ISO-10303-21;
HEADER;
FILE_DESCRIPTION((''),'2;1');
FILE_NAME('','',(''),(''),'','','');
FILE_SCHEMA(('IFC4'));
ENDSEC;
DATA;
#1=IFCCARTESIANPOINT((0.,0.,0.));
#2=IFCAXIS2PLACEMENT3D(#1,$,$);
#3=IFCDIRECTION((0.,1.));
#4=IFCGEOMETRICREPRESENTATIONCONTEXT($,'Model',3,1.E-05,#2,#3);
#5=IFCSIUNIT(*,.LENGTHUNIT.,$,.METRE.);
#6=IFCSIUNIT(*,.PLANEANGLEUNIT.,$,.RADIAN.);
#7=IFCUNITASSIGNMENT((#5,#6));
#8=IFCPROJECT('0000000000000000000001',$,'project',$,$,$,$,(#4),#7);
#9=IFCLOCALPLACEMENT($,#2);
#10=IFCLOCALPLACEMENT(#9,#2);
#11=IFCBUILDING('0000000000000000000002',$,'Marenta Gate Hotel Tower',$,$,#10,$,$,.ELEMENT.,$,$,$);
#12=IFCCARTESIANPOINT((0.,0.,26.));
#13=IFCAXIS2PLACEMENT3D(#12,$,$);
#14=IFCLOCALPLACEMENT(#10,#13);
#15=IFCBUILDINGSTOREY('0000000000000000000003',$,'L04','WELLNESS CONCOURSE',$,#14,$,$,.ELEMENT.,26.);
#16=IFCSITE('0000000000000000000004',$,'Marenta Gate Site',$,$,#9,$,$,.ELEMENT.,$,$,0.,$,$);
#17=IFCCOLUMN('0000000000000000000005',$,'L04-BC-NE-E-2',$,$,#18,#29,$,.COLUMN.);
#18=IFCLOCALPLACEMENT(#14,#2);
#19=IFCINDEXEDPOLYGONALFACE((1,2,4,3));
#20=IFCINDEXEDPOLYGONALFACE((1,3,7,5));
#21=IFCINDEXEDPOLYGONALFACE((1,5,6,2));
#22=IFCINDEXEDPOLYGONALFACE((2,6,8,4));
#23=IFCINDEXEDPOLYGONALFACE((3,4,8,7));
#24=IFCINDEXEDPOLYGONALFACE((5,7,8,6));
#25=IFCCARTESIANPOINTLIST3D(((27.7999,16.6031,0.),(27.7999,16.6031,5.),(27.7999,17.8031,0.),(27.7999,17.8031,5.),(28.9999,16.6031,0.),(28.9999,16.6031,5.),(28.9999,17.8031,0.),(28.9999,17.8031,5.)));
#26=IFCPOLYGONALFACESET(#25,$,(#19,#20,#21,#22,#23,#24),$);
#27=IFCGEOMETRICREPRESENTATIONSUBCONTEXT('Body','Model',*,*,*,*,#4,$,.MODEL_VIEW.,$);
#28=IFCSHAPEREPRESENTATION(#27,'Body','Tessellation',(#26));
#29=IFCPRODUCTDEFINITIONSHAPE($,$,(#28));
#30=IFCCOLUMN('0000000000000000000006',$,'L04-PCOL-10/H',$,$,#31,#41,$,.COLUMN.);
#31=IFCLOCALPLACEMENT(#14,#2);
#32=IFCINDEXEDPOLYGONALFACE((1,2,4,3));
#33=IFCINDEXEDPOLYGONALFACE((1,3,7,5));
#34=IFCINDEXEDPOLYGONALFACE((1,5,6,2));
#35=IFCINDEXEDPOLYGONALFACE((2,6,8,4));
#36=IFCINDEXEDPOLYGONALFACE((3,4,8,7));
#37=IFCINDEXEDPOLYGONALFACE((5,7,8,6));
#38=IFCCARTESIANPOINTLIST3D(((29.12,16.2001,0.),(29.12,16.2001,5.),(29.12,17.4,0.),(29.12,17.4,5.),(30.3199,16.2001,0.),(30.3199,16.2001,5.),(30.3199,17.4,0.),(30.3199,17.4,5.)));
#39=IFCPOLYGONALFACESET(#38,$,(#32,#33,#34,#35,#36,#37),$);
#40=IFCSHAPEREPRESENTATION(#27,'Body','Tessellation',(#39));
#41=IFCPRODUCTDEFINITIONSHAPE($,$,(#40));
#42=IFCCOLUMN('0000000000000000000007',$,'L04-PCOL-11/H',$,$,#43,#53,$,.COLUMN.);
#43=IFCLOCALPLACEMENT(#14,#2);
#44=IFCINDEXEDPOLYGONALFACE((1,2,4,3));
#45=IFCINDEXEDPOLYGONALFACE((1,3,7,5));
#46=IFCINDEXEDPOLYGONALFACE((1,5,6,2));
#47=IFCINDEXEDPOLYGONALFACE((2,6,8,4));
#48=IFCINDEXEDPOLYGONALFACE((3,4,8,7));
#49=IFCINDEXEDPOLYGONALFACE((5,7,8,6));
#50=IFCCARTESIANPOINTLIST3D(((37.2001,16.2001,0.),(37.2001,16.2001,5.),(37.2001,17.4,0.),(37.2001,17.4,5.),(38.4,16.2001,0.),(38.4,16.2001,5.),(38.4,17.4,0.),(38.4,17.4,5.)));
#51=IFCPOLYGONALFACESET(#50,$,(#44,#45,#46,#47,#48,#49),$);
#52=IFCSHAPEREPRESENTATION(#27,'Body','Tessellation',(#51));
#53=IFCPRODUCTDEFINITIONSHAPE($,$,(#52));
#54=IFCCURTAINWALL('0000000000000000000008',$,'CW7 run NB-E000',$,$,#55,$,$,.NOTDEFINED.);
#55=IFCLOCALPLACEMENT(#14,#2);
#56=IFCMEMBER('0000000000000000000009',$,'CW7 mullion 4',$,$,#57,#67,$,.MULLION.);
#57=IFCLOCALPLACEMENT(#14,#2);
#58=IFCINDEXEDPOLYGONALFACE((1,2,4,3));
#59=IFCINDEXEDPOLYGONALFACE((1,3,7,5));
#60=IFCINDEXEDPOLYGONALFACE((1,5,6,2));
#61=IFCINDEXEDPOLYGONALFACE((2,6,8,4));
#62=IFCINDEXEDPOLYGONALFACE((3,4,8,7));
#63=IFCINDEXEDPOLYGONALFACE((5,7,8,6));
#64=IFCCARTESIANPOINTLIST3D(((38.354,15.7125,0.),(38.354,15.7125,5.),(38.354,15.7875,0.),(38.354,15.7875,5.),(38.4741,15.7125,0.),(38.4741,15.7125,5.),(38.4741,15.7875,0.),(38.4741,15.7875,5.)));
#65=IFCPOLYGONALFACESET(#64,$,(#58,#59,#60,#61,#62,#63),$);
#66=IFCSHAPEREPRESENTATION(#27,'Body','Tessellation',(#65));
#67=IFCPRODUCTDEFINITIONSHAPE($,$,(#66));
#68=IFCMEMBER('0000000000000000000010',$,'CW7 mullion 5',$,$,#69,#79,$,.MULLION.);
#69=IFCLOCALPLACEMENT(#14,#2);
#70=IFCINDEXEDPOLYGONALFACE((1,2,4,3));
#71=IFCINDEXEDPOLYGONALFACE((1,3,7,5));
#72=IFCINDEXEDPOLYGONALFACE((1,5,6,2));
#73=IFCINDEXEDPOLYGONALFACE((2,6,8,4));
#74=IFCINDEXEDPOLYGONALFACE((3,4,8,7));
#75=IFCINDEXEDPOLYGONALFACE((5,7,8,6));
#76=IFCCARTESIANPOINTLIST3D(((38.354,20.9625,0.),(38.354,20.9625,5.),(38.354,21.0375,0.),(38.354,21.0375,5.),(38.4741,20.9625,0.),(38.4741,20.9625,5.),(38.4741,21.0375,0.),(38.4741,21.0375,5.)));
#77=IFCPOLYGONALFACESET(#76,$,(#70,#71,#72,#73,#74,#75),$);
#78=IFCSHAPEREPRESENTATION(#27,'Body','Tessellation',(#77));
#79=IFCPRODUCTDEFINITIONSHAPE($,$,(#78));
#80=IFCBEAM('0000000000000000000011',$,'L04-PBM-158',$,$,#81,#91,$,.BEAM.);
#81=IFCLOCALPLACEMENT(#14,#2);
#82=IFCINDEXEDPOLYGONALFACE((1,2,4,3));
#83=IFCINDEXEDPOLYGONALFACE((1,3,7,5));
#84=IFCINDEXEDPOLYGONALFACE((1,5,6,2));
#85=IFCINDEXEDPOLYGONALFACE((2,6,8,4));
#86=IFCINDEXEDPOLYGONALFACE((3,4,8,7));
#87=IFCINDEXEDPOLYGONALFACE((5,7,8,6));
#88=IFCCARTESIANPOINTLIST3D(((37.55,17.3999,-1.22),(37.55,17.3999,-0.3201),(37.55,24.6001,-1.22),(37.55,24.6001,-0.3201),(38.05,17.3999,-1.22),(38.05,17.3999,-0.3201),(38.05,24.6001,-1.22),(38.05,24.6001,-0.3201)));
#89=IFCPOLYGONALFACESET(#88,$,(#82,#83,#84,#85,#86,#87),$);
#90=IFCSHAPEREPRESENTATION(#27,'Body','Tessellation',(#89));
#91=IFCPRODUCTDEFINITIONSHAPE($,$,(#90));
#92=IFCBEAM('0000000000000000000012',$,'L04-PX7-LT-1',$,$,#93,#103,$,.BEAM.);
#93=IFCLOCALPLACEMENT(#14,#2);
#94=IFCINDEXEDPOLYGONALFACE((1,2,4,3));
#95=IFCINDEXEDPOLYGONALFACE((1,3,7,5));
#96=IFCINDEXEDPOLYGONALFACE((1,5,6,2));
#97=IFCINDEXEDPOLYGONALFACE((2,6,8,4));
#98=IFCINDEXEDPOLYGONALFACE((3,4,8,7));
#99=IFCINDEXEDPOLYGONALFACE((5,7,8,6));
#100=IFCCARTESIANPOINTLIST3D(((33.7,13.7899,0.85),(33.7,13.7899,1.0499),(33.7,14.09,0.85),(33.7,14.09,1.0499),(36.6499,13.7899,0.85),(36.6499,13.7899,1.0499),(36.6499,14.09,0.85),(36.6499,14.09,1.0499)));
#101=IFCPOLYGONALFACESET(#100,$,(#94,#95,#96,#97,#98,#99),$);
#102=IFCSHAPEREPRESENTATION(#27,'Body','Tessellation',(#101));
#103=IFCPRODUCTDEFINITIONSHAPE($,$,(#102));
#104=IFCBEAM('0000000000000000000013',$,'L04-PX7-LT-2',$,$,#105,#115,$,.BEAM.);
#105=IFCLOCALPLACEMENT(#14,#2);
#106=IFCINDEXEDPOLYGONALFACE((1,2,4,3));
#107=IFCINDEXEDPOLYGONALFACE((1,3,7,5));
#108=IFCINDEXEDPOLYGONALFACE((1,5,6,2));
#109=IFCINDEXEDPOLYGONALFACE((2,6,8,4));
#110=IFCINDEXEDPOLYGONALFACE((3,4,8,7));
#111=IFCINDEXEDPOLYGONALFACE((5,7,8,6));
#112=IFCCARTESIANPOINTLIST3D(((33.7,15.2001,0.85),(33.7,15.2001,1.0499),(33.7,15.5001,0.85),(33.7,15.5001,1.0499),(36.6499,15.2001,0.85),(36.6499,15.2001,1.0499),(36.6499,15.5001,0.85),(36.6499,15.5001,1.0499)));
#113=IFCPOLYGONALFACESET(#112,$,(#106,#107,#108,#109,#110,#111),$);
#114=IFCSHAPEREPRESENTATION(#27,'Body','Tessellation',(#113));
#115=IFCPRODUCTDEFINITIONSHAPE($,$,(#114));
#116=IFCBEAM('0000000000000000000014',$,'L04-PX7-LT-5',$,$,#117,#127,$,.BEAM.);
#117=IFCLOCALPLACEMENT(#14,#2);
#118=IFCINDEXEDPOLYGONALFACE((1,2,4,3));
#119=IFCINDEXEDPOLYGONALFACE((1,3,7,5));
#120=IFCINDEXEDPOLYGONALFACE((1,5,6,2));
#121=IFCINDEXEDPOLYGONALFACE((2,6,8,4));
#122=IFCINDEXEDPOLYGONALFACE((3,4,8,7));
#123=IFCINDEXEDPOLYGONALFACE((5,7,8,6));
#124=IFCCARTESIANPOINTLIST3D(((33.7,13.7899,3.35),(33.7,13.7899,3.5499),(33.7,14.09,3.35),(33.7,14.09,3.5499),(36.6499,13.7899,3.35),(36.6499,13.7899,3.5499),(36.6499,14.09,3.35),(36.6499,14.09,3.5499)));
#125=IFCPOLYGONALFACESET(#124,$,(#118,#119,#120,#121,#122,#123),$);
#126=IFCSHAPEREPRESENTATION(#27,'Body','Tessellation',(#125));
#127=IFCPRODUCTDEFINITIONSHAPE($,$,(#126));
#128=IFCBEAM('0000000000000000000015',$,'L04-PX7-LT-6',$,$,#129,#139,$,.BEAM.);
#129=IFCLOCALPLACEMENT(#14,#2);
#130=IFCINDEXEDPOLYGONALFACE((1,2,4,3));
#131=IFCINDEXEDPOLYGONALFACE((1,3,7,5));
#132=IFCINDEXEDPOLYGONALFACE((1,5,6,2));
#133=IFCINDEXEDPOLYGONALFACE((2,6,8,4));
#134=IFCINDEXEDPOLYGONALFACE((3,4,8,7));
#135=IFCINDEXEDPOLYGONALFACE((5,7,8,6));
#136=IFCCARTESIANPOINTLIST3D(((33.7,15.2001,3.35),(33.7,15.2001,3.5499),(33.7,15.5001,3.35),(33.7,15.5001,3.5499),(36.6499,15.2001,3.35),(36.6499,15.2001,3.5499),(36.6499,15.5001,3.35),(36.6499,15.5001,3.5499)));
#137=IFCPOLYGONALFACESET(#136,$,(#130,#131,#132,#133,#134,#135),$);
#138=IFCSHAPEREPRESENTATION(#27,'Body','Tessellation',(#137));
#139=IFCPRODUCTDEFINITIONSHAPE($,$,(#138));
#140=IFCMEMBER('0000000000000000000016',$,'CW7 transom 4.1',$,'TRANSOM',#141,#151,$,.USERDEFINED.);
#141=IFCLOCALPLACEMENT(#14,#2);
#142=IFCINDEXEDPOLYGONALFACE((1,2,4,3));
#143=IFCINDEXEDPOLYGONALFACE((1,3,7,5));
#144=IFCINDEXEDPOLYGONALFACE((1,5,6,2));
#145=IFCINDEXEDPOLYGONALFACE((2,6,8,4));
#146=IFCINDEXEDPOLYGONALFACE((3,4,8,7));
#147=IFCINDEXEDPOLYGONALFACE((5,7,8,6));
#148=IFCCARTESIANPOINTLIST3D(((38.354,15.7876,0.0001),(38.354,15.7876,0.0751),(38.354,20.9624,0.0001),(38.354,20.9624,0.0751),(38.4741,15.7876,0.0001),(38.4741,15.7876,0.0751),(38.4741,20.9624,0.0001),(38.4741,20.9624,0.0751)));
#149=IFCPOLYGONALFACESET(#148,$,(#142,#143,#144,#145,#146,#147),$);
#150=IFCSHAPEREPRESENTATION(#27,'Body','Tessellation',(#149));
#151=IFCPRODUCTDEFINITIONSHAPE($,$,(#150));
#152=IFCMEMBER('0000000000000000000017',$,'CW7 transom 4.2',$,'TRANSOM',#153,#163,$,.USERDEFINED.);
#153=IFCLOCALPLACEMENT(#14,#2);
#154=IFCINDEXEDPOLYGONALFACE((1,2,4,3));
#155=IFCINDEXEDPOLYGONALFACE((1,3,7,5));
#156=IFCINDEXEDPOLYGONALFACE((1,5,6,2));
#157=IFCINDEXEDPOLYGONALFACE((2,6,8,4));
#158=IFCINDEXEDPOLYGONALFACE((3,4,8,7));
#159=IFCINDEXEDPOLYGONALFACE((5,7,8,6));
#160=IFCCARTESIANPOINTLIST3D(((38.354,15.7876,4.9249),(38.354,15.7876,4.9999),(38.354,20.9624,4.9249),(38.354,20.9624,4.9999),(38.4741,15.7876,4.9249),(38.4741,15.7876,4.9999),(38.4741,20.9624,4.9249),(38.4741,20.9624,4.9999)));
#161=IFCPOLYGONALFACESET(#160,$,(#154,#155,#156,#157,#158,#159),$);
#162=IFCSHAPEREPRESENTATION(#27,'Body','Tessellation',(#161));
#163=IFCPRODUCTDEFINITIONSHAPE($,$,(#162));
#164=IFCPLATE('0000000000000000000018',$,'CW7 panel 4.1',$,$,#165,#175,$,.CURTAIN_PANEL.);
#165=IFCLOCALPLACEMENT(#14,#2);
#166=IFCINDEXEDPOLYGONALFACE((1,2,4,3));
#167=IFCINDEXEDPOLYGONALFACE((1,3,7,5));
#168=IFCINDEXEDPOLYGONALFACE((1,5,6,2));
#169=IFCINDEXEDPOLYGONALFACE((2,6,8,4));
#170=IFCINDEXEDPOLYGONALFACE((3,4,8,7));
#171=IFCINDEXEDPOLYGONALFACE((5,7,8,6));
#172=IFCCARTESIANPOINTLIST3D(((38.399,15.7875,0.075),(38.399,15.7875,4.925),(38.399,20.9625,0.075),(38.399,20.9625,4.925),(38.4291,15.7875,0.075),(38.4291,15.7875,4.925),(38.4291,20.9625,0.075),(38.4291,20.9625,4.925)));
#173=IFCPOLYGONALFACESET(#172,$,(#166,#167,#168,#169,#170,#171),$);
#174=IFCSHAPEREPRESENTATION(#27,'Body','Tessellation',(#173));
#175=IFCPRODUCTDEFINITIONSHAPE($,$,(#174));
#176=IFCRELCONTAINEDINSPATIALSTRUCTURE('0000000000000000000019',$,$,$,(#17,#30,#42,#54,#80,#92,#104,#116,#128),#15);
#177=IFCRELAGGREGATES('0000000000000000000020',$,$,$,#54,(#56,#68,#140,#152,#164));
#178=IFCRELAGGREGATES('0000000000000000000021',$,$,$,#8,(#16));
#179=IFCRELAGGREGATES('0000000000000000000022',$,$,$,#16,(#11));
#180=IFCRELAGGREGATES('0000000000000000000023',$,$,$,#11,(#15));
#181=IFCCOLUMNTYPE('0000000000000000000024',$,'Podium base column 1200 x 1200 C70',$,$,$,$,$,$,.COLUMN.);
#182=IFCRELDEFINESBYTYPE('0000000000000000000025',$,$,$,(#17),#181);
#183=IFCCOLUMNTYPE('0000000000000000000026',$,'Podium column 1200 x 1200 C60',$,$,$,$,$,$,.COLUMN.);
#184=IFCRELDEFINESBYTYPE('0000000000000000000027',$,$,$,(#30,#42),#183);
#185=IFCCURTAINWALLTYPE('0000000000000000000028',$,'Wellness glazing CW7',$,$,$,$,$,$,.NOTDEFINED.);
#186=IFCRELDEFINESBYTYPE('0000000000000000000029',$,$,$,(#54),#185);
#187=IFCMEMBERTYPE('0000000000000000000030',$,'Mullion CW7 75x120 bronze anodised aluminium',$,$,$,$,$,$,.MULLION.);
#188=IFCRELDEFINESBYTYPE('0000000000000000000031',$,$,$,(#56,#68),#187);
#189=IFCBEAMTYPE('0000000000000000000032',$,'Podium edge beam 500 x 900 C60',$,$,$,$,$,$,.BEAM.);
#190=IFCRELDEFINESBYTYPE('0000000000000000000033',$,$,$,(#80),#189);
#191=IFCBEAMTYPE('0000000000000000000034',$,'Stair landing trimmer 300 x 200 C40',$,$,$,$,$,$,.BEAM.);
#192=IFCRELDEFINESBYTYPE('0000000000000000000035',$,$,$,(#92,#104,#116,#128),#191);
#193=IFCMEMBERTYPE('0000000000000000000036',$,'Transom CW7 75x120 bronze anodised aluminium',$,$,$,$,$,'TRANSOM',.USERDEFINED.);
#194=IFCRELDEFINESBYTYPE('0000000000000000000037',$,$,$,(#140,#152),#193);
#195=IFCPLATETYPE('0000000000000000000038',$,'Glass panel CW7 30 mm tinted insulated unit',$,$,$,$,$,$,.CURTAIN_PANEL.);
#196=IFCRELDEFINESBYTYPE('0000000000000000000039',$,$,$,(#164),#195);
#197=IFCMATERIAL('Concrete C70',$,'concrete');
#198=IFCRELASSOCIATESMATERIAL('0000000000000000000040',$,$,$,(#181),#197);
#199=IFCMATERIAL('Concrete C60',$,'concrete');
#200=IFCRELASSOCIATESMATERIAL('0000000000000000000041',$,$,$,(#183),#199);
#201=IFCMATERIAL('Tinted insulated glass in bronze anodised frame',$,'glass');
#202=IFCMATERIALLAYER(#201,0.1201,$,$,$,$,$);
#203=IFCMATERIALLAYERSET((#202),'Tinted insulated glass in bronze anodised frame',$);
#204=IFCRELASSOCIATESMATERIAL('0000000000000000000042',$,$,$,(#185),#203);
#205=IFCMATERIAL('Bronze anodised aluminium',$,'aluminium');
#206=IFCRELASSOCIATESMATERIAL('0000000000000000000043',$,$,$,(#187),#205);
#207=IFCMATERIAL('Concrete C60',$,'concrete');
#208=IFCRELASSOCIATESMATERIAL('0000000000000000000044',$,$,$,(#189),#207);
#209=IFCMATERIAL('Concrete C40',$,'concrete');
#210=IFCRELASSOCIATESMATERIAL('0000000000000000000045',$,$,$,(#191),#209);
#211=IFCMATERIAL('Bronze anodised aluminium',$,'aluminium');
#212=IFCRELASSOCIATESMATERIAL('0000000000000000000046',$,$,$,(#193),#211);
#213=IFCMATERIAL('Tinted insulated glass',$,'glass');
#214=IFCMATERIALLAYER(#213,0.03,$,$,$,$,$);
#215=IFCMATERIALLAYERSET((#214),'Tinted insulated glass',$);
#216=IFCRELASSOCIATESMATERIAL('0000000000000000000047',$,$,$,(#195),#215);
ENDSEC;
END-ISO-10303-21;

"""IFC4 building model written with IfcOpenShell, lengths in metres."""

from ifc_helpers import new_model, si_unit, direction, frame, origin, origin_2d, place, context, subcontext, project, spatial, rectangle, extrude, material, layer, layer_set, material_profile, profile_set, type_object, element, aggregate, save


model = new_model("IFC4")

# Units and contexts
model_context = context("Model", 3, precision=1e-05, world=origin(), true_north=direction((0.0, 1.0)))
body_context = subcontext(model_context, "Body", "Model", "MODEL_VIEW")
ifc_project = project(units=[si_unit("LENGTHUNIT", "METRE"), si_unit("PLANEANGLEUNIT", "RADIAN")], contexts=[model_context])

# Site, building, storey
site_placement = place(None, origin())
site = spatial("IfcSite", under=ifc_project, at=site_placement, Name="Marenta Gate Site", CompositionType="ELEMENT", RefElevation=0.0)
building_placement = place(site_placement, origin())
building = spatial("IfcBuilding", under=site, at=building_placement, Name="Marenta Gate Hotel Tower", CompositionType="ELEMENT")
storey_placement = place(building_placement, frame((0.0, 0.0, 26.0)))
storey = spatial("IfcBuildingStorey", under=building, at=storey_placement, Name="L04", Description="WELLNESS CONCOURSE", CompositionType="ELEMENT", Elevation=26.0)

# Columns
ifc_material_1 = material(Name="Concrete C70", Category="concrete")
ifc_material_profile_1 = material_profile(ifc_material_1, rectangle(XDim=1.2, YDim=1.2, at=origin_2d()), Name="1200 x 1200")
ifc_profile_set_1 = profile_set([ifc_material_profile_1], Name="Concrete C70")
column_type_1 = type_object("IfcColumnType", Name="Podium base column 1200 x 1200 C70", PredefinedType="COLUMN", material=ifc_profile_set_1)
column_placement = place(storey_placement, frame((28.3999, 17.2031, 0.0), z_axis=(0.0, 0.0, 1.0), x_axis=(1.0, 0.0, 0.0)))
element("IfcColumn", 1, at=column_placement, inside=storey, type_object=column_type_1, Name="L04-BC-NE-E-2", PredefinedType="COLUMN", context=body_context, shape_type="SweptSolid", body=[
    extrude(rectangle(XDim=1.2, YDim=1.2, at=origin_2d()), origin(), (0.0, 0.0, 1.0), 5.0),
])
ifc_material_2 = material(Name="Concrete C60", Category="concrete")
ifc_material_profile_2 = material_profile(ifc_material_2, rectangle(XDim=1.2, YDim=1.2, at=origin_2d()), Name="1200 x 1200")
ifc_profile_set_2 = profile_set([ifc_material_profile_2], Name="Concrete C60")
column_type_2 = type_object("IfcColumnType", Name="Podium column 1200 x 1200 C60", PredefinedType="COLUMN", material=ifc_profile_set_2)
for number, where, z_axis, x_axis, name in (
    (2, (29.72, 16.8, 0.0), (0.0, 0.0, 1.0), (1.0, 0.0, 0.0), "L04-PCOL-10/H"),
    (3, (37.8, 16.8, 0.0), (0.0, 0.0, 1.0), (1.0, 0.0, 0.0), "L04-PCOL-11/H"),
):
    element("IfcColumn", number, at=place(storey_placement, frame(where, z_axis=z_axis, x_axis=x_axis)), inside=storey, type_object=column_type_2, Name=name, PredefinedType="COLUMN", context=body_context, shape_type="SweptSolid", body=[
        extrude(rectangle(XDim=1.2, YDim=1.2, at=origin_2d()), origin(), (0.0, 0.0, 1.0), 5.0),
    ])

# Curtain wall, members
ifc_material_3 = material(Name="Tinted insulated glass in bronze anodised frame", Category="glass")
ifc_layer_1 = layer(ifc_material_3, 0.1201)
ifc_layer_set_1 = layer_set([ifc_layer_1], Name="Tinted insulated glass in bronze anodised frame")
curtain_wall_type = type_object("IfcCurtainWallType", Name="Wellness glazing CW7", PredefinedType="NOTDEFINED", material=ifc_layer_set_1)
curtain_wall_placement = place(storey_placement, origin())
curtain_wall = element("IfcCurtainWall", 4, at=curtain_wall_placement, inside=storey, type_object=curtain_wall_type, Name="CW7 run NB-E000", PredefinedType="NOTDEFINED")
ifc_material_4 = material(Name="Bronze anodised aluminium", Category="aluminium")
ifc_material_profile_3 = material_profile(ifc_material_4, rectangle(XDim=0.1201, YDim=0.075, at=origin_2d()), Name="Mullion CW7 75x120 bronze anodised aluminium")
ifc_profile_set_3 = profile_set([ifc_material_profile_3], Name="Bronze anodised aluminium")
member_type_1 = type_object("IfcMemberType", Name="Mullion CW7 75x120 bronze anodised aluminium", PredefinedType="MULLION", material=ifc_profile_set_3)
member_1_placement = place(storey_placement, frame((38.4141, 15.75, 0.0), z_axis=(0.0, 0.0, 1.0), x_axis=(-1.0, 0.0, 0.0)))
member_1 = element("IfcMember", 5, at=member_1_placement, type_object=member_type_1, Name="CW7 mullion 4", PredefinedType="MULLION", context=body_context, shape_type="SweptSolid", body=[
    extrude(rectangle(XDim=0.1201, YDim=0.075, at=origin_2d()), origin(), (0.0, 0.0, 1.0), 5.0),
])
member_2_placement = place(storey_placement, frame((38.4141, 21.0, 0.0), z_axis=(0.0, 0.0, 1.0), x_axis=(-1.0, 0.0, 0.0)))
member_2 = element("IfcMember", 6, at=member_2_placement, type_object=member_type_1, Name="CW7 mullion 5", PredefinedType="MULLION", context=body_context, shape_type="SweptSolid", body=[
    extrude(rectangle(XDim=0.1201, YDim=0.075, at=origin_2d()), origin(), (0.0, 0.0, 1.0), 5.0),
])

# Beams
ifc_material_5 = material(Name="Concrete C60", Category="concrete")
ifc_material_profile_4 = material_profile(ifc_material_5, rectangle(XDim=0.5, YDim=0.8999, at=origin_2d()), Name="500 x 900")
ifc_profile_set_4 = profile_set([ifc_material_profile_4], Name="Concrete C60")
beam_type_1 = type_object("IfcBeamType", Name="Podium edge beam 500 x 900 C60", PredefinedType="BEAM", material=ifc_profile_set_4)
beam_placement = place(storey_placement, frame((37.8, 17.3999, -0.77), z_axis=(0.0, 1.0, 0.0), x_axis=(-1.0, 0.0, 0.0)))
element("IfcBeam", 7, at=beam_placement, inside=storey, type_object=beam_type_1, Name="L04-PBM-158", PredefinedType="BEAM", context=body_context, shape_type="SweptSolid", body=[
    extrude(rectangle(XDim=0.5, YDim=0.8999, at=origin_2d()), origin(), (0.0, 0.0, 1.0), 7.2002),
])
ifc_material_6 = material(Name="Concrete C40", Category="concrete")
ifc_material_profile_5 = material_profile(ifc_material_6, rectangle(XDim=0.3, YDim=0.2, at=origin_2d()), Name="300 x 200")
ifc_profile_set_5 = profile_set([ifc_material_profile_5], Name="Concrete C40")
beam_type_2 = type_object("IfcBeamType", Name="Stair landing trimmer 300 x 200 C40", PredefinedType="BEAM", material=ifc_profile_set_5)
for number, where, z_axis, x_axis, name in (
    (8, (33.7, 13.9399, 0.95), (1.0, 0.0, 0.0), (0.0, 1.0, 0.0), "L04-PX7-LT-1"),
    (9, (33.7, 15.3501, 0.95), (1.0, 0.0, 0.0), (0.0, 1.0, 0.0), "L04-PX7-LT-2"),
    (10, (33.7, 13.9399, 3.45), (1.0, 0.0, 0.0), (0.0, 1.0, 0.0), "L04-PX7-LT-5"),
    (11, (33.7, 15.3501, 3.45), (1.0, 0.0, 0.0), (0.0, 1.0, 0.0), "L04-PX7-LT-6"),
):
    element("IfcBeam", number, at=place(storey_placement, frame(where, z_axis=z_axis, x_axis=x_axis)), inside=storey, type_object=beam_type_2, Name=name, PredefinedType="BEAM", context=body_context, shape_type="SweptSolid", body=[
        extrude(rectangle(XDim=0.3, YDim=0.2, at=origin_2d()), origin(), (0.0, 0.0, 1.0), 2.95),
    ])

# Members
ifc_material_7 = material(Name="Bronze anodised aluminium", Category="aluminium")
ifc_material_profile_6 = material_profile(ifc_material_7, rectangle(XDim=0.1201, YDim=0.075, at=origin_2d()), Name="Transom CW7 75x120 bronze anodised aluminium")
ifc_profile_set_6 = profile_set([ifc_material_profile_6], Name="Bronze anodised aluminium")
member_type_2 = type_object("IfcMemberType", Name="Transom CW7 75x120 bronze anodised aluminium", ElementType="TRANSOM", PredefinedType="USERDEFINED", material=ifc_profile_set_6)
member_3_placement = place(storey_placement, frame((38.4141, 15.7876, 0.0376), z_axis=(0.0, 1.0, 0.0), x_axis=(-1.0, 0.0, 0.0)))
member_3 = element("IfcMember", 12, at=member_3_placement, type_object=member_type_2, Name="CW7 transom 4.1", ObjectType="TRANSOM", PredefinedType="USERDEFINED", context=body_context, shape_type="SweptSolid", body=[
    extrude(rectangle(XDim=0.1201, YDim=0.075, at=origin_2d()), origin(), (0.0, 0.0, 1.0), 5.1748),
])
member_4_placement = place(storey_placement, frame((38.4141, 15.7876, 4.9624), z_axis=(0.0, 1.0, 0.0), x_axis=(-1.0, 0.0, 0.0)))
member_4 = element("IfcMember", 13, at=member_4_placement, type_object=member_type_2, Name="CW7 transom 4.2", ObjectType="TRANSOM", PredefinedType="USERDEFINED", context=body_context, shape_type="SweptSolid", body=[
    extrude(rectangle(XDim=0.1201, YDim=0.075, at=origin_2d()), origin(), (0.0, 0.0, 1.0), 5.1748),
])

# Plate
ifc_material_8 = material(Name="Tinted insulated glass", Category="glass")
ifc_layer_2 = layer(ifc_material_8, 0.03)
ifc_layer_set_2 = layer_set([ifc_layer_2], Name="Tinted insulated glass")
plate_type = type_object("IfcPlateType", Name="Glass panel CW7 30 mm tinted insulated unit", PredefinedType="CURTAIN_PANEL", material=ifc_layer_set_2)
plate_placement = place(storey_placement, frame((38.4141, 18.375, 0.075), z_axis=(0.0, 0.0, 1.0), x_axis=(0.0, 1.0, 0.0)))
plate = element("IfcPlate", 14, at=plate_placement, type_object=plate_type, Name="CW7 panel 4.1", PredefinedType="CURTAIN_PANEL", context=body_context, shape_type="SweptSolid", body=[
    extrude(rectangle(XDim=5.175, YDim=0.03, at=origin_2d()), origin(), (0.0, 0.0, 1.0), 4.8501),
])
aggregate(curtain_wall, [member_1, member_2, member_3, member_4, plate])

save(model, "model.ifc")
